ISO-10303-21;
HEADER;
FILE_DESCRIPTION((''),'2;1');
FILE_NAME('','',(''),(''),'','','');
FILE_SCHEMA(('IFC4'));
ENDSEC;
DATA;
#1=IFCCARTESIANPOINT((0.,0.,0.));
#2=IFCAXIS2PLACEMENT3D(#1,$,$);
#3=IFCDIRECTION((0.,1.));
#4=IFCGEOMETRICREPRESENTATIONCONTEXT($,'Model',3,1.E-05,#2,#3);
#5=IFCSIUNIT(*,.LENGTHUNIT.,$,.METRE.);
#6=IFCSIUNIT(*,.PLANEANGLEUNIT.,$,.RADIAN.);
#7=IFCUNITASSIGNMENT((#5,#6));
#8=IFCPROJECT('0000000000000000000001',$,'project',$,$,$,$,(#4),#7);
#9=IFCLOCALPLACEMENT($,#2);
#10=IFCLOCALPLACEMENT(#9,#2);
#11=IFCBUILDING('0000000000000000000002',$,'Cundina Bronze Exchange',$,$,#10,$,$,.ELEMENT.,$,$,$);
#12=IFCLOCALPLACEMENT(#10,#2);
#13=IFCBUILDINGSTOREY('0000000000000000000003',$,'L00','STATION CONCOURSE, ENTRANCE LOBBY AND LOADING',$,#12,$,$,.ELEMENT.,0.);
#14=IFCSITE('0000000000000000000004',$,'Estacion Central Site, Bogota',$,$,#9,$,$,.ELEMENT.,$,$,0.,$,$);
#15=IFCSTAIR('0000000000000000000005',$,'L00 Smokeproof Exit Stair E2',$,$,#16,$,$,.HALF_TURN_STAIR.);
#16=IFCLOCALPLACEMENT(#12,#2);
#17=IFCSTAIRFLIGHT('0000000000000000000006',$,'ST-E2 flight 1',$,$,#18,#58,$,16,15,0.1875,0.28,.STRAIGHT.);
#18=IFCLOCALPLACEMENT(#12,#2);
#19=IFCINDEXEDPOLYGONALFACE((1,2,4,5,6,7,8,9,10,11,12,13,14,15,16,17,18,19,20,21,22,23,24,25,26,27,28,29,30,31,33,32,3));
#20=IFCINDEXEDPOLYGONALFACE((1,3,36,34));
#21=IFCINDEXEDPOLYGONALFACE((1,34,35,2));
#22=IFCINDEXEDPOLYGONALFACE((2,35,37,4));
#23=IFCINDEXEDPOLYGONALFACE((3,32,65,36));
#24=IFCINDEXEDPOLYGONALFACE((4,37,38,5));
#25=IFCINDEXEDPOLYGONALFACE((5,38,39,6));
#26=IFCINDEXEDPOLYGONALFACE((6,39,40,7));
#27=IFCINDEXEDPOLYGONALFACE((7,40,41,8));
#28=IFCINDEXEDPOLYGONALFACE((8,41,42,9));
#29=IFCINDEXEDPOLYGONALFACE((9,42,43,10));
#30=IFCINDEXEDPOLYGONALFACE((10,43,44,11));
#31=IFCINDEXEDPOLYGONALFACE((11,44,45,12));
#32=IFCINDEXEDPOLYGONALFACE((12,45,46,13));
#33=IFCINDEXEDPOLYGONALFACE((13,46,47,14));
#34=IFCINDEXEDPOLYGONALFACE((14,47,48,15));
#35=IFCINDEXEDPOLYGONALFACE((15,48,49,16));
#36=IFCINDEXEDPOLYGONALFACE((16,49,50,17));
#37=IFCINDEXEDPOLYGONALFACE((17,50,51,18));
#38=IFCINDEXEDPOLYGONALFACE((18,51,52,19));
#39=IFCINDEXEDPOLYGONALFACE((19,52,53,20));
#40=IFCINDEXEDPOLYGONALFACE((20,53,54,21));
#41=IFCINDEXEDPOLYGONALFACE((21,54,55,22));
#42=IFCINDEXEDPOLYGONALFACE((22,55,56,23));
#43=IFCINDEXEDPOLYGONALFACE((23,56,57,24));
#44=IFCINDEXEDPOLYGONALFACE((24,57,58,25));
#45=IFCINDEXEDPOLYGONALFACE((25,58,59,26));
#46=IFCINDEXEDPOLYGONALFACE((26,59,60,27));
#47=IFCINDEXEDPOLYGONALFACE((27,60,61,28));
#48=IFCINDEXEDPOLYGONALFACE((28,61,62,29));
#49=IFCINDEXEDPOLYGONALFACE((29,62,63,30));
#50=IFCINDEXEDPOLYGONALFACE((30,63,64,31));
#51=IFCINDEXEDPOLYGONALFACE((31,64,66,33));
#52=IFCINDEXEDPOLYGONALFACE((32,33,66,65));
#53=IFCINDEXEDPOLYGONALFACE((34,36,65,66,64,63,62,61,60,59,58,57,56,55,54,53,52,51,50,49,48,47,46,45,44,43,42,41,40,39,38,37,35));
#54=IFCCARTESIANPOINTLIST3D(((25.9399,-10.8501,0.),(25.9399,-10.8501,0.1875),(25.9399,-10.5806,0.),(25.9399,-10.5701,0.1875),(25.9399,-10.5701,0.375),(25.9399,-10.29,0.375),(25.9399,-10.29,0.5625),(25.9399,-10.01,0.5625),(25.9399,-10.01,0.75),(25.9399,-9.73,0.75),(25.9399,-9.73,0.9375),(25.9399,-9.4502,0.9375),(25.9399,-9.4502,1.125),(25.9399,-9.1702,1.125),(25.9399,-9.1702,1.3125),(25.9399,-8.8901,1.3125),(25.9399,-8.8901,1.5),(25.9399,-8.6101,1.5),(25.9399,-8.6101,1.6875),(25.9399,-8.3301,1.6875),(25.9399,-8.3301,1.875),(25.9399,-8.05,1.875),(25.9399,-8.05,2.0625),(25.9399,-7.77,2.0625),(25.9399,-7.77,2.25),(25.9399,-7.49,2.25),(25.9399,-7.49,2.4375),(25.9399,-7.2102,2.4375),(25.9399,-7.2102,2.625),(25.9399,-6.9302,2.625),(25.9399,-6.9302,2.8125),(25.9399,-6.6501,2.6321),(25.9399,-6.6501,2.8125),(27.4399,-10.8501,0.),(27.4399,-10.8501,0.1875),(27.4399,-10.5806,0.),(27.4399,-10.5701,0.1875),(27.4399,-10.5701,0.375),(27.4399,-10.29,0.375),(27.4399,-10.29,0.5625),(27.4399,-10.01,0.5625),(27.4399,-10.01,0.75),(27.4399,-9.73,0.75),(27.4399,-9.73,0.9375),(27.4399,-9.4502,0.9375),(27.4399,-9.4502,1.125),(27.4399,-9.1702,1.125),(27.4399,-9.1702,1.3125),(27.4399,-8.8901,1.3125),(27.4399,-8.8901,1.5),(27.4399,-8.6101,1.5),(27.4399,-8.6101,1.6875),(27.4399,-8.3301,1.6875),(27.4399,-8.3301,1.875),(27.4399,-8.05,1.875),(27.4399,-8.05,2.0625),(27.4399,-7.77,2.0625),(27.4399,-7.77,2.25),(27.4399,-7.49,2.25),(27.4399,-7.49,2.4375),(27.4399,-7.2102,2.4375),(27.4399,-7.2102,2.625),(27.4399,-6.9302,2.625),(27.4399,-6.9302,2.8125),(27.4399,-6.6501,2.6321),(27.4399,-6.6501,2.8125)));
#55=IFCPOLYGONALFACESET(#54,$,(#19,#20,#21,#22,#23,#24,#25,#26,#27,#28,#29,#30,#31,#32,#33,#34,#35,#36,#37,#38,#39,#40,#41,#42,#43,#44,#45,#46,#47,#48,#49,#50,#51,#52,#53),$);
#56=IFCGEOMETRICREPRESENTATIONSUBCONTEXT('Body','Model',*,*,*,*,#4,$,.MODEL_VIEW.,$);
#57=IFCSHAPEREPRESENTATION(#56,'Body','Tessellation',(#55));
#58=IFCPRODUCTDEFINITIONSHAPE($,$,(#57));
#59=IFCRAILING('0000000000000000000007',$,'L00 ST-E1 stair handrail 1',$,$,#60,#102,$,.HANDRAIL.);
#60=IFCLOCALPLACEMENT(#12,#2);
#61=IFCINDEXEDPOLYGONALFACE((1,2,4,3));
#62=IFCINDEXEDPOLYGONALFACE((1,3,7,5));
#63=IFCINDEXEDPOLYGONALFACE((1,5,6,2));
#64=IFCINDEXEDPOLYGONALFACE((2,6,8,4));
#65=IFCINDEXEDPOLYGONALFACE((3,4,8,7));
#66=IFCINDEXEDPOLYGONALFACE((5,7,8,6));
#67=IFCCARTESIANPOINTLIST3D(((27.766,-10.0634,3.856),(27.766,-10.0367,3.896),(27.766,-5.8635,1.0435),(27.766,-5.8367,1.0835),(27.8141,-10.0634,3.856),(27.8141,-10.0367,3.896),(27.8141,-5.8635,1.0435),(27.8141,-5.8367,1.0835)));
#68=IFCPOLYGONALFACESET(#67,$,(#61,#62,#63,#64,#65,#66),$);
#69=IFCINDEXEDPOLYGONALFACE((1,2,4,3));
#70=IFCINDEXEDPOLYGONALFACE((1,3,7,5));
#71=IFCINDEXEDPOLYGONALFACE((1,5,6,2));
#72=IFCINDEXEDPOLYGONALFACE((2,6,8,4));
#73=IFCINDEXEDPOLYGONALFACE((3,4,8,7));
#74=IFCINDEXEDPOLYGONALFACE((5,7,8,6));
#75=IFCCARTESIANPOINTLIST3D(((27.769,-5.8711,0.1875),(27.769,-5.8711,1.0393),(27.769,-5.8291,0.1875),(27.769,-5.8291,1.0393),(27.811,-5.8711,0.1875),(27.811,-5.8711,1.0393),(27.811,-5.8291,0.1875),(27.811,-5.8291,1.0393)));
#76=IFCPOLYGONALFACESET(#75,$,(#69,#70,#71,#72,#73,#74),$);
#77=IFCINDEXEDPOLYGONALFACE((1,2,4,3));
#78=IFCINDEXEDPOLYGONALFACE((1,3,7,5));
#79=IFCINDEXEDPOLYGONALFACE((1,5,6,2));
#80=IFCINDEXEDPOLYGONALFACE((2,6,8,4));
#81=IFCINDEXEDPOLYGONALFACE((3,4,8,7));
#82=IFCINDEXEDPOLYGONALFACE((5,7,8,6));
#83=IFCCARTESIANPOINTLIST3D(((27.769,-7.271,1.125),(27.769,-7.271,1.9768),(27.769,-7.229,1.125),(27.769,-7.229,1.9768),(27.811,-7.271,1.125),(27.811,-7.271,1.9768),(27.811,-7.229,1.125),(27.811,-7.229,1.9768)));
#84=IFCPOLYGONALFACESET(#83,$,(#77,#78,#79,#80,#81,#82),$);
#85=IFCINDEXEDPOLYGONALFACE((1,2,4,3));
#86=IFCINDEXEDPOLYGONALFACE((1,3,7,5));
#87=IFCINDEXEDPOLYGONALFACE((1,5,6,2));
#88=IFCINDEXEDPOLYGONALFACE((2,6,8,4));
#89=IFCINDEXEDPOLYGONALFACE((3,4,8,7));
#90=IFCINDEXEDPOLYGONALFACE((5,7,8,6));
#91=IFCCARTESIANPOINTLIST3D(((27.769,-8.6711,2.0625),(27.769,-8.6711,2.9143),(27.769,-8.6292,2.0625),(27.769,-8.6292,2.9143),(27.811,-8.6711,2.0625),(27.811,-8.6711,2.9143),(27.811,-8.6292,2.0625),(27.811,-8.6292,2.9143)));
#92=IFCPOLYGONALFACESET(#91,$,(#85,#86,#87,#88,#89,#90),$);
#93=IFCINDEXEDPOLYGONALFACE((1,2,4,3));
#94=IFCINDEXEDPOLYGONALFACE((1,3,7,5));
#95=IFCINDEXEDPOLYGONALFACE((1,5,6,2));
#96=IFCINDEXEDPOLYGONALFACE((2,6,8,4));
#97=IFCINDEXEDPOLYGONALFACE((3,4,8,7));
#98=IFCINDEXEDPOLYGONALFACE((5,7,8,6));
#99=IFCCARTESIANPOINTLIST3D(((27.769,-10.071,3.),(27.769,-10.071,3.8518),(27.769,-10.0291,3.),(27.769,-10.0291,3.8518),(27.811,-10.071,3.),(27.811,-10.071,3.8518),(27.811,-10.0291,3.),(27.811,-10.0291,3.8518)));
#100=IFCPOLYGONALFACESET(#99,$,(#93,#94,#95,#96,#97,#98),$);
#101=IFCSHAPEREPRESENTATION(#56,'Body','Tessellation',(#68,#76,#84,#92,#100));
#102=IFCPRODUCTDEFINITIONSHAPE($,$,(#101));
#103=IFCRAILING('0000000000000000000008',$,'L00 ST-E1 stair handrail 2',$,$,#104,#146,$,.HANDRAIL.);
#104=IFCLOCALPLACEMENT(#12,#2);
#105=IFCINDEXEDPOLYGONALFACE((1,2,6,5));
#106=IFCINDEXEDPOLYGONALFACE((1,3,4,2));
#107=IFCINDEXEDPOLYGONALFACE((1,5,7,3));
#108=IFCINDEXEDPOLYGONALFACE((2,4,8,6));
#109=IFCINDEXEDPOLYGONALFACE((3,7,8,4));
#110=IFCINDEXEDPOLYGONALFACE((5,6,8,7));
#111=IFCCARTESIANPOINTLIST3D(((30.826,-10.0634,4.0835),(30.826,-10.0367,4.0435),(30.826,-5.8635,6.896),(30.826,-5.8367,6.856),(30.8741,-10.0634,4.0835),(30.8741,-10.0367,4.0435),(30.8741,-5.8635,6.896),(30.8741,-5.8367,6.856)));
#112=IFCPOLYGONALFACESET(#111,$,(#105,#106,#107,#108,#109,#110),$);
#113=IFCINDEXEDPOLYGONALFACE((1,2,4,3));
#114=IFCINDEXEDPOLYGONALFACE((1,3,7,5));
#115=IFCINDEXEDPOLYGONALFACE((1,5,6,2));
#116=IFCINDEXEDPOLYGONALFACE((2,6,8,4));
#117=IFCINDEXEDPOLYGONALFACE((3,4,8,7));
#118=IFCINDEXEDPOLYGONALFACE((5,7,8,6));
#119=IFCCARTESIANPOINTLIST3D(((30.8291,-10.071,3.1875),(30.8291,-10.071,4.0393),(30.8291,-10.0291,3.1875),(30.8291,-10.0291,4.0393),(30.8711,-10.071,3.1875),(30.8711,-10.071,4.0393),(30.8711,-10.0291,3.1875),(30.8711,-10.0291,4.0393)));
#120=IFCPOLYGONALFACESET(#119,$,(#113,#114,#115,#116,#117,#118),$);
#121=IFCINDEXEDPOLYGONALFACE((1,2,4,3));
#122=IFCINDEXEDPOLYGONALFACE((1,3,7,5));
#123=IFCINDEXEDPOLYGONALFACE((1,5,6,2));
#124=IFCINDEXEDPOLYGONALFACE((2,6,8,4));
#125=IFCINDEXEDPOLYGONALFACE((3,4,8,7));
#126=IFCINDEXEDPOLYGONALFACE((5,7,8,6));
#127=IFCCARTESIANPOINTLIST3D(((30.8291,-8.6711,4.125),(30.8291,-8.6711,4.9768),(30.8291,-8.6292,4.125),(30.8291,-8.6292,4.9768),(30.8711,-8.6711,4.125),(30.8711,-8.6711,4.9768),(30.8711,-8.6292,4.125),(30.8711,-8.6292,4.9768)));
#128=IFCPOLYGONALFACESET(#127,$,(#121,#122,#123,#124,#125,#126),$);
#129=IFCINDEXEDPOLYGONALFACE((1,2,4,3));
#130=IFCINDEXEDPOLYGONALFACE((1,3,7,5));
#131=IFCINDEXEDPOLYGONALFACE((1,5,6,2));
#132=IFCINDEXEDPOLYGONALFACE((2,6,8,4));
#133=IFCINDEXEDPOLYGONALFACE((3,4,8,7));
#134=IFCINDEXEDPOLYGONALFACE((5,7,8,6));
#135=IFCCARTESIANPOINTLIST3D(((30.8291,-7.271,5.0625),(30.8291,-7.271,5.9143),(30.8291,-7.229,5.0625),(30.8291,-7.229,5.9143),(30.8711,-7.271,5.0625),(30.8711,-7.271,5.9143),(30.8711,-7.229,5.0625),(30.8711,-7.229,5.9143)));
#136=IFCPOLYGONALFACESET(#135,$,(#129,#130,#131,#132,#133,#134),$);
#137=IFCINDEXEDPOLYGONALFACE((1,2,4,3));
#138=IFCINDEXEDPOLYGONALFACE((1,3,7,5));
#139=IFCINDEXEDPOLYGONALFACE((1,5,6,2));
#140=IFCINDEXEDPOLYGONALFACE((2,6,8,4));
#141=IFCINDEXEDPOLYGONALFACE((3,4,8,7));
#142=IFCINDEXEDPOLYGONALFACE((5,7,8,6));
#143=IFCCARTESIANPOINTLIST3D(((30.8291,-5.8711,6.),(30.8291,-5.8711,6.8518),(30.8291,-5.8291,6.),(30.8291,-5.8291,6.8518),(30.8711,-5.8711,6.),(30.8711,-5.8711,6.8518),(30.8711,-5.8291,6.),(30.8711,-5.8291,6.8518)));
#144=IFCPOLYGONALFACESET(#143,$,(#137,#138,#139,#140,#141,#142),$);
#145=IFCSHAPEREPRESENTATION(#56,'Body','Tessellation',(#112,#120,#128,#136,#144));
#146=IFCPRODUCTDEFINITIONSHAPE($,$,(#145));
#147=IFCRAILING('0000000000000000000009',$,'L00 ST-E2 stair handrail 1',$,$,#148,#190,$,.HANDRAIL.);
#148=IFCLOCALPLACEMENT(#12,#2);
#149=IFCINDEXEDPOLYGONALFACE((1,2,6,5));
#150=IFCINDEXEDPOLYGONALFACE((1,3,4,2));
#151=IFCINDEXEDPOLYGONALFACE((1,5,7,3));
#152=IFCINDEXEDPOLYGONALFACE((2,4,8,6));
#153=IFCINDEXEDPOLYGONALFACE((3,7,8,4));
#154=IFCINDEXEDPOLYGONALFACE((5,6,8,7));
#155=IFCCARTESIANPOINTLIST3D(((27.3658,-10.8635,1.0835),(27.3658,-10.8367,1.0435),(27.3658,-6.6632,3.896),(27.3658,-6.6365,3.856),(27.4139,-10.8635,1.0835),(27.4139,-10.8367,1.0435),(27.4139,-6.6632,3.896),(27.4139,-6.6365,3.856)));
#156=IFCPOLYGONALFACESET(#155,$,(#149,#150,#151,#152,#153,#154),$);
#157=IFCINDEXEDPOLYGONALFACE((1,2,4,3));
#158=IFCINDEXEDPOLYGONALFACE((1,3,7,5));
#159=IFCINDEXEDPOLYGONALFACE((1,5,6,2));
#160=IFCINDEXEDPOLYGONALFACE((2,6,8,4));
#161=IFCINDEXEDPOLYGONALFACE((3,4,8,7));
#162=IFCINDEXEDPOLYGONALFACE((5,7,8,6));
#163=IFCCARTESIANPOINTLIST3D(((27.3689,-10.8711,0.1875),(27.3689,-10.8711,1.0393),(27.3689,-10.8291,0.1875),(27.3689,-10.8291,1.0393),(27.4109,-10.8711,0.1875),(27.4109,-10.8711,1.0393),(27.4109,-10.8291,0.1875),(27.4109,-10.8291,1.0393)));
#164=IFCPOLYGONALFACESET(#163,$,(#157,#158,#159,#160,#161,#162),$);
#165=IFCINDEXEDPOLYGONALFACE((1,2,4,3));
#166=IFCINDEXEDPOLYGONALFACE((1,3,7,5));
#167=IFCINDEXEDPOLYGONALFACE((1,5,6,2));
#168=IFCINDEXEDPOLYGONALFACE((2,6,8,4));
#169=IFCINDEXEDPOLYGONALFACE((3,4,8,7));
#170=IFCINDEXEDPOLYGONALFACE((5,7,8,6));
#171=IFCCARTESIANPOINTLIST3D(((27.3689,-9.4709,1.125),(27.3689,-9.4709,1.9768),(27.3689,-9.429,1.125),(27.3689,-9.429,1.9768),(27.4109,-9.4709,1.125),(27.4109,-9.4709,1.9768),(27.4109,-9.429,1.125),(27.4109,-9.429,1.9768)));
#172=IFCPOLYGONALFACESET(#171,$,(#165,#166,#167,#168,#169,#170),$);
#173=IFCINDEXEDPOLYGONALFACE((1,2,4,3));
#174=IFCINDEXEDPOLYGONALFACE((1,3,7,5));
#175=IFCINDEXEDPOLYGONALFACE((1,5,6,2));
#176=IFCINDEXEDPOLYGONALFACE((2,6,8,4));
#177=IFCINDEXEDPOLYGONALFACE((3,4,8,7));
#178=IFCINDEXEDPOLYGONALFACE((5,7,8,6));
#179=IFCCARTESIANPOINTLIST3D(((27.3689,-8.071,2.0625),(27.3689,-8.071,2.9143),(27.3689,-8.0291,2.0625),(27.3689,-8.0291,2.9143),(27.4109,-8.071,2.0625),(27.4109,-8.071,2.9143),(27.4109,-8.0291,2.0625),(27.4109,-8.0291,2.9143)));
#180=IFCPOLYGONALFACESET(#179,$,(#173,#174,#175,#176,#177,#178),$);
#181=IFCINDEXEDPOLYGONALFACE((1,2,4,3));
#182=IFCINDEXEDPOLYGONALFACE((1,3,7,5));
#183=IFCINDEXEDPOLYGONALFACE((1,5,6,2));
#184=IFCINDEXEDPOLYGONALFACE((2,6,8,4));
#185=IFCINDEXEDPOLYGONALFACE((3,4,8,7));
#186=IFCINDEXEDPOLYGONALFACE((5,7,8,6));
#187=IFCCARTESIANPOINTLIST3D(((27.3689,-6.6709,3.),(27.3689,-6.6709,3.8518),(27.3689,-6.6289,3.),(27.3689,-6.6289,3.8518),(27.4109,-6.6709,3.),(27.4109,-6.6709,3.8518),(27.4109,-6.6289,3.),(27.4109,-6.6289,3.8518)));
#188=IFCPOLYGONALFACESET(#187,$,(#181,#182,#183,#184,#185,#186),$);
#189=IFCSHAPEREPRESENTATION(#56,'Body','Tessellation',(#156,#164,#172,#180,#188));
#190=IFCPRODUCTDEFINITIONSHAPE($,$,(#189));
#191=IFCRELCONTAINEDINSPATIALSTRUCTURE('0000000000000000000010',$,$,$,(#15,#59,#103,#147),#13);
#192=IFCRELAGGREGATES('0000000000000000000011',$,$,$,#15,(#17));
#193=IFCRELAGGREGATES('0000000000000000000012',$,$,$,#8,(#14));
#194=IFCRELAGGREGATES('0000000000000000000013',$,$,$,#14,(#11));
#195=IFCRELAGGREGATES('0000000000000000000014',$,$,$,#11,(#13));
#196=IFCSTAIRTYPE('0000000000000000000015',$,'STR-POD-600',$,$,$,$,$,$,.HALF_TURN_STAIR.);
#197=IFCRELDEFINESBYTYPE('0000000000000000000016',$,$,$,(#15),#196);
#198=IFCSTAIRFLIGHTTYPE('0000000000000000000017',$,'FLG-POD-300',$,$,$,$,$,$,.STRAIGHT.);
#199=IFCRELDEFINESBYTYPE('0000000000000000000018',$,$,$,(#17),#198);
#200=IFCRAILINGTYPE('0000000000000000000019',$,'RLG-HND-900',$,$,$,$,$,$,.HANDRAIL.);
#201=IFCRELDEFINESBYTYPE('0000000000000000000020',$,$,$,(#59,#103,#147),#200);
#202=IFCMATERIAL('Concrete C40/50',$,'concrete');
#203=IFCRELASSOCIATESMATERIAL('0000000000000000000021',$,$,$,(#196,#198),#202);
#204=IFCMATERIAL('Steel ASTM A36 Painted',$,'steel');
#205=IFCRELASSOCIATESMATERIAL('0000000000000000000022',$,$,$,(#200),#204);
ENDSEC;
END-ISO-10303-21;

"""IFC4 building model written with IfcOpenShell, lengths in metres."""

from ifc_helpers import new_model, si_unit, direction, frame, origin, origin_2d, place, context, subcontext, project, spatial, polyline, rectangle, outline, extrude, material, type_object, element, aggregate, save


model = new_model("IFC4")

# Units and contexts
model_context = context("Model", 3, precision=1e-05, world=origin(), true_north=direction((0.0, 1.0)))
body_context = subcontext(model_context, "Body", "Model", "MODEL_VIEW")
ifc_project = project(units=[si_unit("LENGTHUNIT", "METRE"), si_unit("PLANEANGLEUNIT", "RADIAN")], contexts=[model_context])

# Site, building, storey
site_placement = place(None, origin())
site = spatial("IfcSite", under=ifc_project, at=site_placement, Name="Estacion Central Site, Bogota", CompositionType="ELEMENT", RefElevation=0.0)
building_placement = place(site_placement, origin())
building = spatial("IfcBuilding", under=site, at=building_placement, Name="Cundina Bronze Exchange", CompositionType="ELEMENT")
storey_placement = place(building_placement, origin())
storey = spatial("IfcBuildingStorey", under=building, at=storey_placement, Name="L00", Description="STATION CONCOURSE, ENTRANCE LOBBY AND LOADING", CompositionType="ELEMENT", Elevation=0.0)

# Shared definitions
ifc_material_1 = material(Name="Steel ASTM A36 Painted", Category="steel")

# Shared definitions
ifc_material_2 = material(Name="Concrete C40/50", Category="concrete")

# Shared definitions
stair_type = type_object("IfcStairType", Name="STR-POD-600", PredefinedType="HALF_TURN_STAIR", material=ifc_material_2)
stair_flight_type = type_object("IfcStairFlightType", Name="FLG-POD-300", PredefinedType="STRAIGHT", material=ifc_material_2)

# Stair, stair flight
stair_1_placement = place(storey_placement, origin())
stair_1 = element("IfcStair", 1, at=stair_1_placement, inside=storey, type_object=stair_type, Name="L00 Smokeproof Exit Stair E2", PredefinedType="HALF_TURN_STAIR")
stair_flight_1_placement = place(storey_placement, frame((26.6899, -10.8501, 0.0), z_axis=(0.0, 0.0, 1.0), x_axis=(0.0, 1.0, 0.0)))
stair_flight_1 = element("IfcStairFlight", 2, at=stair_flight_1_placement, type_object=stair_flight_type, Name="ST-E2 flight 1", NumberOfRisers=16, NumberOfTreads=15, PredefinedType="STRAIGHT", RiserHeight=0.1875, TreadLength=0.28, context=body_context, shape_type="SweptSolid", body=[
    extrude(outline(polyline([(0.0, 0.0), (0.0, 0.1875), (0.28, 0.1875), (0.28, 0.375), (0.5601, 0.375), (0.5601, 0.5625), (0.8401, 0.5625), (0.8401, 0.75), (1.1201, 0.75), (1.1201, 0.9375), (1.3999, 0.9375), (1.3999, 1.125), (1.6799, 1.125), (1.6799, 1.3125), (1.96, 1.3125), (1.96, 1.5), (2.24, 1.5), (2.24, 1.6875), (2.52, 1.6875), (2.52, 1.875), (2.8, 1.875), (2.8, 2.0625), (3.0801, 2.0625), (3.0801, 2.25), (3.3601, 2.25), (3.3601, 2.4375), (3.6399, 2.4375), (3.6399, 2.625), (3.9199, 2.625), (3.9199, 2.8125), (4.2, 2.8125), (4.2, 3.0), (4.2, 2.6321), (0.2695, 0.0), (0.0, 0.0)])), frame((0.0, 0.75, 0.0), z_axis=(0.0, -1.0, 0.0), x_axis=(1.0, 0.0, 0.0)), (0.0, 0.0, 1.0), 1.5),
])
aggregate(stair_1, [stair_flight_1])

# Railings
railing_type_1 = type_object("IfcRailingType", Name="RLG-HND-900", PredefinedType="HANDRAIL", material=ifc_material_1)
railing_1_placement = place(storey_placement, frame((27.79, -5.8501, 0.1875)))
element("IfcRailing", 3, at=railing_1_placement, inside=storey, type_object=railing_type_1, Name="L00 ST-E1 stair handrail 1", PredefinedType="HANDRAIL", context=body_context, shape_type="SweptSolid", body=[
    extrude(rectangle(XDim=0.0481, YDim=0.0481, at=origin_2d()), frame((0.0, 0.0, 0.876), z_axis=(0.0, -0.830904, 0.556416), x_axis=(1.0, 0.0, 0.0)), (0.0, 0.0, 1.0), 5.0547),
    extrude(rectangle(XDim=0.042, YDim=0.042, at=origin_2d()), origin(), (0.0, 0.0, 1.0), 0.8518),
    extrude(rectangle(XDim=0.042, YDim=0.042, at=origin_2d()), frame((0.0, -1.3999, 0.9375)), (0.0, 0.0, 1.0), 0.8518),
    extrude(rectangle(XDim=0.042, YDim=0.042, at=origin_2d()), frame((0.0, -2.8, 1.875)), (0.0, 0.0, 1.0), 0.8518),
    extrude(rectangle(XDim=0.042, YDim=0.042, at=origin_2d()), frame((0.0, -4.2, 2.8125)), (0.0, 0.0, 1.0), 0.8518),
])
railing_2_placement = place(storey_placement, frame((30.8501, -10.05, 3.1875)))
element("IfcRailing", 4, at=railing_2_placement, inside=storey, type_object=railing_type_1, Name="L00 ST-E1 stair handrail 2", PredefinedType="HANDRAIL", context=body_context, shape_type="SweptSolid", body=[
    extrude(rectangle(XDim=0.0481, YDim=0.0481, at=origin_2d()), frame((0.0, 0.0, 0.876), z_axis=(0.0, 0.830904, 0.556416), x_axis=(-1.0, 0.0, 0.0)), (0.0, 0.0, 1.0), 5.0547),
    extrude(rectangle(XDim=0.042, YDim=0.042, at=origin_2d()), origin(), (0.0, 0.0, 1.0), 0.8518),
    extrude(rectangle(XDim=0.042, YDim=0.042, at=origin_2d()), frame((0.0, 1.3999, 0.9375)), (0.0, 0.0, 1.0), 0.8518),
    extrude(rectangle(XDim=0.042, YDim=0.042, at=origin_2d()), frame((0.0, 2.8, 1.875)), (0.0, 0.0, 1.0), 0.8518),
    extrude(rectangle(XDim=0.042, YDim=0.042, at=origin_2d()), frame((0.0, 4.2, 2.8125)), (0.0, 0.0, 1.0), 0.8518),
])
railing_3_placement = place(storey_placement, frame((27.3899, -10.8501, 0.1875)))
element("IfcRailing", 5, at=railing_3_placement, inside=storey, type_object=railing_type_1, Name="L00 ST-E2 stair handrail 1", PredefinedType="HANDRAIL", context=body_context, shape_type="SweptSolid", body=[
    extrude(rectangle(XDim=0.0481, YDim=0.0481, at=origin_2d()), frame((0.0, 0.0, 0.876), z_axis=(0.0, 0.830919, 0.556393), x_axis=(-1.0, 0.0, 0.0)), (0.0, 0.0, 1.0), 5.0549),
    extrude(rectangle(XDim=0.042, YDim=0.042, at=origin_2d()), origin(), (0.0, 0.0, 1.0), 0.8518),
    extrude(rectangle(XDim=0.042, YDim=0.042, at=origin_2d()), frame((0.0, 1.4001, 0.9375)), (0.0, 0.0, 1.0), 0.8518),
    extrude(rectangle(XDim=0.042, YDim=0.042, at=origin_2d()), frame((0.0, 2.8, 1.875)), (0.0, 0.0, 1.0), 0.8518),
    extrude(rectangle(XDim=0.042, YDim=0.042, at=origin_2d()), frame((0.0, 4.2002, 2.8125)), (0.0, 0.0, 1.0), 0.8518),
])

save(model, "model.ifc")
